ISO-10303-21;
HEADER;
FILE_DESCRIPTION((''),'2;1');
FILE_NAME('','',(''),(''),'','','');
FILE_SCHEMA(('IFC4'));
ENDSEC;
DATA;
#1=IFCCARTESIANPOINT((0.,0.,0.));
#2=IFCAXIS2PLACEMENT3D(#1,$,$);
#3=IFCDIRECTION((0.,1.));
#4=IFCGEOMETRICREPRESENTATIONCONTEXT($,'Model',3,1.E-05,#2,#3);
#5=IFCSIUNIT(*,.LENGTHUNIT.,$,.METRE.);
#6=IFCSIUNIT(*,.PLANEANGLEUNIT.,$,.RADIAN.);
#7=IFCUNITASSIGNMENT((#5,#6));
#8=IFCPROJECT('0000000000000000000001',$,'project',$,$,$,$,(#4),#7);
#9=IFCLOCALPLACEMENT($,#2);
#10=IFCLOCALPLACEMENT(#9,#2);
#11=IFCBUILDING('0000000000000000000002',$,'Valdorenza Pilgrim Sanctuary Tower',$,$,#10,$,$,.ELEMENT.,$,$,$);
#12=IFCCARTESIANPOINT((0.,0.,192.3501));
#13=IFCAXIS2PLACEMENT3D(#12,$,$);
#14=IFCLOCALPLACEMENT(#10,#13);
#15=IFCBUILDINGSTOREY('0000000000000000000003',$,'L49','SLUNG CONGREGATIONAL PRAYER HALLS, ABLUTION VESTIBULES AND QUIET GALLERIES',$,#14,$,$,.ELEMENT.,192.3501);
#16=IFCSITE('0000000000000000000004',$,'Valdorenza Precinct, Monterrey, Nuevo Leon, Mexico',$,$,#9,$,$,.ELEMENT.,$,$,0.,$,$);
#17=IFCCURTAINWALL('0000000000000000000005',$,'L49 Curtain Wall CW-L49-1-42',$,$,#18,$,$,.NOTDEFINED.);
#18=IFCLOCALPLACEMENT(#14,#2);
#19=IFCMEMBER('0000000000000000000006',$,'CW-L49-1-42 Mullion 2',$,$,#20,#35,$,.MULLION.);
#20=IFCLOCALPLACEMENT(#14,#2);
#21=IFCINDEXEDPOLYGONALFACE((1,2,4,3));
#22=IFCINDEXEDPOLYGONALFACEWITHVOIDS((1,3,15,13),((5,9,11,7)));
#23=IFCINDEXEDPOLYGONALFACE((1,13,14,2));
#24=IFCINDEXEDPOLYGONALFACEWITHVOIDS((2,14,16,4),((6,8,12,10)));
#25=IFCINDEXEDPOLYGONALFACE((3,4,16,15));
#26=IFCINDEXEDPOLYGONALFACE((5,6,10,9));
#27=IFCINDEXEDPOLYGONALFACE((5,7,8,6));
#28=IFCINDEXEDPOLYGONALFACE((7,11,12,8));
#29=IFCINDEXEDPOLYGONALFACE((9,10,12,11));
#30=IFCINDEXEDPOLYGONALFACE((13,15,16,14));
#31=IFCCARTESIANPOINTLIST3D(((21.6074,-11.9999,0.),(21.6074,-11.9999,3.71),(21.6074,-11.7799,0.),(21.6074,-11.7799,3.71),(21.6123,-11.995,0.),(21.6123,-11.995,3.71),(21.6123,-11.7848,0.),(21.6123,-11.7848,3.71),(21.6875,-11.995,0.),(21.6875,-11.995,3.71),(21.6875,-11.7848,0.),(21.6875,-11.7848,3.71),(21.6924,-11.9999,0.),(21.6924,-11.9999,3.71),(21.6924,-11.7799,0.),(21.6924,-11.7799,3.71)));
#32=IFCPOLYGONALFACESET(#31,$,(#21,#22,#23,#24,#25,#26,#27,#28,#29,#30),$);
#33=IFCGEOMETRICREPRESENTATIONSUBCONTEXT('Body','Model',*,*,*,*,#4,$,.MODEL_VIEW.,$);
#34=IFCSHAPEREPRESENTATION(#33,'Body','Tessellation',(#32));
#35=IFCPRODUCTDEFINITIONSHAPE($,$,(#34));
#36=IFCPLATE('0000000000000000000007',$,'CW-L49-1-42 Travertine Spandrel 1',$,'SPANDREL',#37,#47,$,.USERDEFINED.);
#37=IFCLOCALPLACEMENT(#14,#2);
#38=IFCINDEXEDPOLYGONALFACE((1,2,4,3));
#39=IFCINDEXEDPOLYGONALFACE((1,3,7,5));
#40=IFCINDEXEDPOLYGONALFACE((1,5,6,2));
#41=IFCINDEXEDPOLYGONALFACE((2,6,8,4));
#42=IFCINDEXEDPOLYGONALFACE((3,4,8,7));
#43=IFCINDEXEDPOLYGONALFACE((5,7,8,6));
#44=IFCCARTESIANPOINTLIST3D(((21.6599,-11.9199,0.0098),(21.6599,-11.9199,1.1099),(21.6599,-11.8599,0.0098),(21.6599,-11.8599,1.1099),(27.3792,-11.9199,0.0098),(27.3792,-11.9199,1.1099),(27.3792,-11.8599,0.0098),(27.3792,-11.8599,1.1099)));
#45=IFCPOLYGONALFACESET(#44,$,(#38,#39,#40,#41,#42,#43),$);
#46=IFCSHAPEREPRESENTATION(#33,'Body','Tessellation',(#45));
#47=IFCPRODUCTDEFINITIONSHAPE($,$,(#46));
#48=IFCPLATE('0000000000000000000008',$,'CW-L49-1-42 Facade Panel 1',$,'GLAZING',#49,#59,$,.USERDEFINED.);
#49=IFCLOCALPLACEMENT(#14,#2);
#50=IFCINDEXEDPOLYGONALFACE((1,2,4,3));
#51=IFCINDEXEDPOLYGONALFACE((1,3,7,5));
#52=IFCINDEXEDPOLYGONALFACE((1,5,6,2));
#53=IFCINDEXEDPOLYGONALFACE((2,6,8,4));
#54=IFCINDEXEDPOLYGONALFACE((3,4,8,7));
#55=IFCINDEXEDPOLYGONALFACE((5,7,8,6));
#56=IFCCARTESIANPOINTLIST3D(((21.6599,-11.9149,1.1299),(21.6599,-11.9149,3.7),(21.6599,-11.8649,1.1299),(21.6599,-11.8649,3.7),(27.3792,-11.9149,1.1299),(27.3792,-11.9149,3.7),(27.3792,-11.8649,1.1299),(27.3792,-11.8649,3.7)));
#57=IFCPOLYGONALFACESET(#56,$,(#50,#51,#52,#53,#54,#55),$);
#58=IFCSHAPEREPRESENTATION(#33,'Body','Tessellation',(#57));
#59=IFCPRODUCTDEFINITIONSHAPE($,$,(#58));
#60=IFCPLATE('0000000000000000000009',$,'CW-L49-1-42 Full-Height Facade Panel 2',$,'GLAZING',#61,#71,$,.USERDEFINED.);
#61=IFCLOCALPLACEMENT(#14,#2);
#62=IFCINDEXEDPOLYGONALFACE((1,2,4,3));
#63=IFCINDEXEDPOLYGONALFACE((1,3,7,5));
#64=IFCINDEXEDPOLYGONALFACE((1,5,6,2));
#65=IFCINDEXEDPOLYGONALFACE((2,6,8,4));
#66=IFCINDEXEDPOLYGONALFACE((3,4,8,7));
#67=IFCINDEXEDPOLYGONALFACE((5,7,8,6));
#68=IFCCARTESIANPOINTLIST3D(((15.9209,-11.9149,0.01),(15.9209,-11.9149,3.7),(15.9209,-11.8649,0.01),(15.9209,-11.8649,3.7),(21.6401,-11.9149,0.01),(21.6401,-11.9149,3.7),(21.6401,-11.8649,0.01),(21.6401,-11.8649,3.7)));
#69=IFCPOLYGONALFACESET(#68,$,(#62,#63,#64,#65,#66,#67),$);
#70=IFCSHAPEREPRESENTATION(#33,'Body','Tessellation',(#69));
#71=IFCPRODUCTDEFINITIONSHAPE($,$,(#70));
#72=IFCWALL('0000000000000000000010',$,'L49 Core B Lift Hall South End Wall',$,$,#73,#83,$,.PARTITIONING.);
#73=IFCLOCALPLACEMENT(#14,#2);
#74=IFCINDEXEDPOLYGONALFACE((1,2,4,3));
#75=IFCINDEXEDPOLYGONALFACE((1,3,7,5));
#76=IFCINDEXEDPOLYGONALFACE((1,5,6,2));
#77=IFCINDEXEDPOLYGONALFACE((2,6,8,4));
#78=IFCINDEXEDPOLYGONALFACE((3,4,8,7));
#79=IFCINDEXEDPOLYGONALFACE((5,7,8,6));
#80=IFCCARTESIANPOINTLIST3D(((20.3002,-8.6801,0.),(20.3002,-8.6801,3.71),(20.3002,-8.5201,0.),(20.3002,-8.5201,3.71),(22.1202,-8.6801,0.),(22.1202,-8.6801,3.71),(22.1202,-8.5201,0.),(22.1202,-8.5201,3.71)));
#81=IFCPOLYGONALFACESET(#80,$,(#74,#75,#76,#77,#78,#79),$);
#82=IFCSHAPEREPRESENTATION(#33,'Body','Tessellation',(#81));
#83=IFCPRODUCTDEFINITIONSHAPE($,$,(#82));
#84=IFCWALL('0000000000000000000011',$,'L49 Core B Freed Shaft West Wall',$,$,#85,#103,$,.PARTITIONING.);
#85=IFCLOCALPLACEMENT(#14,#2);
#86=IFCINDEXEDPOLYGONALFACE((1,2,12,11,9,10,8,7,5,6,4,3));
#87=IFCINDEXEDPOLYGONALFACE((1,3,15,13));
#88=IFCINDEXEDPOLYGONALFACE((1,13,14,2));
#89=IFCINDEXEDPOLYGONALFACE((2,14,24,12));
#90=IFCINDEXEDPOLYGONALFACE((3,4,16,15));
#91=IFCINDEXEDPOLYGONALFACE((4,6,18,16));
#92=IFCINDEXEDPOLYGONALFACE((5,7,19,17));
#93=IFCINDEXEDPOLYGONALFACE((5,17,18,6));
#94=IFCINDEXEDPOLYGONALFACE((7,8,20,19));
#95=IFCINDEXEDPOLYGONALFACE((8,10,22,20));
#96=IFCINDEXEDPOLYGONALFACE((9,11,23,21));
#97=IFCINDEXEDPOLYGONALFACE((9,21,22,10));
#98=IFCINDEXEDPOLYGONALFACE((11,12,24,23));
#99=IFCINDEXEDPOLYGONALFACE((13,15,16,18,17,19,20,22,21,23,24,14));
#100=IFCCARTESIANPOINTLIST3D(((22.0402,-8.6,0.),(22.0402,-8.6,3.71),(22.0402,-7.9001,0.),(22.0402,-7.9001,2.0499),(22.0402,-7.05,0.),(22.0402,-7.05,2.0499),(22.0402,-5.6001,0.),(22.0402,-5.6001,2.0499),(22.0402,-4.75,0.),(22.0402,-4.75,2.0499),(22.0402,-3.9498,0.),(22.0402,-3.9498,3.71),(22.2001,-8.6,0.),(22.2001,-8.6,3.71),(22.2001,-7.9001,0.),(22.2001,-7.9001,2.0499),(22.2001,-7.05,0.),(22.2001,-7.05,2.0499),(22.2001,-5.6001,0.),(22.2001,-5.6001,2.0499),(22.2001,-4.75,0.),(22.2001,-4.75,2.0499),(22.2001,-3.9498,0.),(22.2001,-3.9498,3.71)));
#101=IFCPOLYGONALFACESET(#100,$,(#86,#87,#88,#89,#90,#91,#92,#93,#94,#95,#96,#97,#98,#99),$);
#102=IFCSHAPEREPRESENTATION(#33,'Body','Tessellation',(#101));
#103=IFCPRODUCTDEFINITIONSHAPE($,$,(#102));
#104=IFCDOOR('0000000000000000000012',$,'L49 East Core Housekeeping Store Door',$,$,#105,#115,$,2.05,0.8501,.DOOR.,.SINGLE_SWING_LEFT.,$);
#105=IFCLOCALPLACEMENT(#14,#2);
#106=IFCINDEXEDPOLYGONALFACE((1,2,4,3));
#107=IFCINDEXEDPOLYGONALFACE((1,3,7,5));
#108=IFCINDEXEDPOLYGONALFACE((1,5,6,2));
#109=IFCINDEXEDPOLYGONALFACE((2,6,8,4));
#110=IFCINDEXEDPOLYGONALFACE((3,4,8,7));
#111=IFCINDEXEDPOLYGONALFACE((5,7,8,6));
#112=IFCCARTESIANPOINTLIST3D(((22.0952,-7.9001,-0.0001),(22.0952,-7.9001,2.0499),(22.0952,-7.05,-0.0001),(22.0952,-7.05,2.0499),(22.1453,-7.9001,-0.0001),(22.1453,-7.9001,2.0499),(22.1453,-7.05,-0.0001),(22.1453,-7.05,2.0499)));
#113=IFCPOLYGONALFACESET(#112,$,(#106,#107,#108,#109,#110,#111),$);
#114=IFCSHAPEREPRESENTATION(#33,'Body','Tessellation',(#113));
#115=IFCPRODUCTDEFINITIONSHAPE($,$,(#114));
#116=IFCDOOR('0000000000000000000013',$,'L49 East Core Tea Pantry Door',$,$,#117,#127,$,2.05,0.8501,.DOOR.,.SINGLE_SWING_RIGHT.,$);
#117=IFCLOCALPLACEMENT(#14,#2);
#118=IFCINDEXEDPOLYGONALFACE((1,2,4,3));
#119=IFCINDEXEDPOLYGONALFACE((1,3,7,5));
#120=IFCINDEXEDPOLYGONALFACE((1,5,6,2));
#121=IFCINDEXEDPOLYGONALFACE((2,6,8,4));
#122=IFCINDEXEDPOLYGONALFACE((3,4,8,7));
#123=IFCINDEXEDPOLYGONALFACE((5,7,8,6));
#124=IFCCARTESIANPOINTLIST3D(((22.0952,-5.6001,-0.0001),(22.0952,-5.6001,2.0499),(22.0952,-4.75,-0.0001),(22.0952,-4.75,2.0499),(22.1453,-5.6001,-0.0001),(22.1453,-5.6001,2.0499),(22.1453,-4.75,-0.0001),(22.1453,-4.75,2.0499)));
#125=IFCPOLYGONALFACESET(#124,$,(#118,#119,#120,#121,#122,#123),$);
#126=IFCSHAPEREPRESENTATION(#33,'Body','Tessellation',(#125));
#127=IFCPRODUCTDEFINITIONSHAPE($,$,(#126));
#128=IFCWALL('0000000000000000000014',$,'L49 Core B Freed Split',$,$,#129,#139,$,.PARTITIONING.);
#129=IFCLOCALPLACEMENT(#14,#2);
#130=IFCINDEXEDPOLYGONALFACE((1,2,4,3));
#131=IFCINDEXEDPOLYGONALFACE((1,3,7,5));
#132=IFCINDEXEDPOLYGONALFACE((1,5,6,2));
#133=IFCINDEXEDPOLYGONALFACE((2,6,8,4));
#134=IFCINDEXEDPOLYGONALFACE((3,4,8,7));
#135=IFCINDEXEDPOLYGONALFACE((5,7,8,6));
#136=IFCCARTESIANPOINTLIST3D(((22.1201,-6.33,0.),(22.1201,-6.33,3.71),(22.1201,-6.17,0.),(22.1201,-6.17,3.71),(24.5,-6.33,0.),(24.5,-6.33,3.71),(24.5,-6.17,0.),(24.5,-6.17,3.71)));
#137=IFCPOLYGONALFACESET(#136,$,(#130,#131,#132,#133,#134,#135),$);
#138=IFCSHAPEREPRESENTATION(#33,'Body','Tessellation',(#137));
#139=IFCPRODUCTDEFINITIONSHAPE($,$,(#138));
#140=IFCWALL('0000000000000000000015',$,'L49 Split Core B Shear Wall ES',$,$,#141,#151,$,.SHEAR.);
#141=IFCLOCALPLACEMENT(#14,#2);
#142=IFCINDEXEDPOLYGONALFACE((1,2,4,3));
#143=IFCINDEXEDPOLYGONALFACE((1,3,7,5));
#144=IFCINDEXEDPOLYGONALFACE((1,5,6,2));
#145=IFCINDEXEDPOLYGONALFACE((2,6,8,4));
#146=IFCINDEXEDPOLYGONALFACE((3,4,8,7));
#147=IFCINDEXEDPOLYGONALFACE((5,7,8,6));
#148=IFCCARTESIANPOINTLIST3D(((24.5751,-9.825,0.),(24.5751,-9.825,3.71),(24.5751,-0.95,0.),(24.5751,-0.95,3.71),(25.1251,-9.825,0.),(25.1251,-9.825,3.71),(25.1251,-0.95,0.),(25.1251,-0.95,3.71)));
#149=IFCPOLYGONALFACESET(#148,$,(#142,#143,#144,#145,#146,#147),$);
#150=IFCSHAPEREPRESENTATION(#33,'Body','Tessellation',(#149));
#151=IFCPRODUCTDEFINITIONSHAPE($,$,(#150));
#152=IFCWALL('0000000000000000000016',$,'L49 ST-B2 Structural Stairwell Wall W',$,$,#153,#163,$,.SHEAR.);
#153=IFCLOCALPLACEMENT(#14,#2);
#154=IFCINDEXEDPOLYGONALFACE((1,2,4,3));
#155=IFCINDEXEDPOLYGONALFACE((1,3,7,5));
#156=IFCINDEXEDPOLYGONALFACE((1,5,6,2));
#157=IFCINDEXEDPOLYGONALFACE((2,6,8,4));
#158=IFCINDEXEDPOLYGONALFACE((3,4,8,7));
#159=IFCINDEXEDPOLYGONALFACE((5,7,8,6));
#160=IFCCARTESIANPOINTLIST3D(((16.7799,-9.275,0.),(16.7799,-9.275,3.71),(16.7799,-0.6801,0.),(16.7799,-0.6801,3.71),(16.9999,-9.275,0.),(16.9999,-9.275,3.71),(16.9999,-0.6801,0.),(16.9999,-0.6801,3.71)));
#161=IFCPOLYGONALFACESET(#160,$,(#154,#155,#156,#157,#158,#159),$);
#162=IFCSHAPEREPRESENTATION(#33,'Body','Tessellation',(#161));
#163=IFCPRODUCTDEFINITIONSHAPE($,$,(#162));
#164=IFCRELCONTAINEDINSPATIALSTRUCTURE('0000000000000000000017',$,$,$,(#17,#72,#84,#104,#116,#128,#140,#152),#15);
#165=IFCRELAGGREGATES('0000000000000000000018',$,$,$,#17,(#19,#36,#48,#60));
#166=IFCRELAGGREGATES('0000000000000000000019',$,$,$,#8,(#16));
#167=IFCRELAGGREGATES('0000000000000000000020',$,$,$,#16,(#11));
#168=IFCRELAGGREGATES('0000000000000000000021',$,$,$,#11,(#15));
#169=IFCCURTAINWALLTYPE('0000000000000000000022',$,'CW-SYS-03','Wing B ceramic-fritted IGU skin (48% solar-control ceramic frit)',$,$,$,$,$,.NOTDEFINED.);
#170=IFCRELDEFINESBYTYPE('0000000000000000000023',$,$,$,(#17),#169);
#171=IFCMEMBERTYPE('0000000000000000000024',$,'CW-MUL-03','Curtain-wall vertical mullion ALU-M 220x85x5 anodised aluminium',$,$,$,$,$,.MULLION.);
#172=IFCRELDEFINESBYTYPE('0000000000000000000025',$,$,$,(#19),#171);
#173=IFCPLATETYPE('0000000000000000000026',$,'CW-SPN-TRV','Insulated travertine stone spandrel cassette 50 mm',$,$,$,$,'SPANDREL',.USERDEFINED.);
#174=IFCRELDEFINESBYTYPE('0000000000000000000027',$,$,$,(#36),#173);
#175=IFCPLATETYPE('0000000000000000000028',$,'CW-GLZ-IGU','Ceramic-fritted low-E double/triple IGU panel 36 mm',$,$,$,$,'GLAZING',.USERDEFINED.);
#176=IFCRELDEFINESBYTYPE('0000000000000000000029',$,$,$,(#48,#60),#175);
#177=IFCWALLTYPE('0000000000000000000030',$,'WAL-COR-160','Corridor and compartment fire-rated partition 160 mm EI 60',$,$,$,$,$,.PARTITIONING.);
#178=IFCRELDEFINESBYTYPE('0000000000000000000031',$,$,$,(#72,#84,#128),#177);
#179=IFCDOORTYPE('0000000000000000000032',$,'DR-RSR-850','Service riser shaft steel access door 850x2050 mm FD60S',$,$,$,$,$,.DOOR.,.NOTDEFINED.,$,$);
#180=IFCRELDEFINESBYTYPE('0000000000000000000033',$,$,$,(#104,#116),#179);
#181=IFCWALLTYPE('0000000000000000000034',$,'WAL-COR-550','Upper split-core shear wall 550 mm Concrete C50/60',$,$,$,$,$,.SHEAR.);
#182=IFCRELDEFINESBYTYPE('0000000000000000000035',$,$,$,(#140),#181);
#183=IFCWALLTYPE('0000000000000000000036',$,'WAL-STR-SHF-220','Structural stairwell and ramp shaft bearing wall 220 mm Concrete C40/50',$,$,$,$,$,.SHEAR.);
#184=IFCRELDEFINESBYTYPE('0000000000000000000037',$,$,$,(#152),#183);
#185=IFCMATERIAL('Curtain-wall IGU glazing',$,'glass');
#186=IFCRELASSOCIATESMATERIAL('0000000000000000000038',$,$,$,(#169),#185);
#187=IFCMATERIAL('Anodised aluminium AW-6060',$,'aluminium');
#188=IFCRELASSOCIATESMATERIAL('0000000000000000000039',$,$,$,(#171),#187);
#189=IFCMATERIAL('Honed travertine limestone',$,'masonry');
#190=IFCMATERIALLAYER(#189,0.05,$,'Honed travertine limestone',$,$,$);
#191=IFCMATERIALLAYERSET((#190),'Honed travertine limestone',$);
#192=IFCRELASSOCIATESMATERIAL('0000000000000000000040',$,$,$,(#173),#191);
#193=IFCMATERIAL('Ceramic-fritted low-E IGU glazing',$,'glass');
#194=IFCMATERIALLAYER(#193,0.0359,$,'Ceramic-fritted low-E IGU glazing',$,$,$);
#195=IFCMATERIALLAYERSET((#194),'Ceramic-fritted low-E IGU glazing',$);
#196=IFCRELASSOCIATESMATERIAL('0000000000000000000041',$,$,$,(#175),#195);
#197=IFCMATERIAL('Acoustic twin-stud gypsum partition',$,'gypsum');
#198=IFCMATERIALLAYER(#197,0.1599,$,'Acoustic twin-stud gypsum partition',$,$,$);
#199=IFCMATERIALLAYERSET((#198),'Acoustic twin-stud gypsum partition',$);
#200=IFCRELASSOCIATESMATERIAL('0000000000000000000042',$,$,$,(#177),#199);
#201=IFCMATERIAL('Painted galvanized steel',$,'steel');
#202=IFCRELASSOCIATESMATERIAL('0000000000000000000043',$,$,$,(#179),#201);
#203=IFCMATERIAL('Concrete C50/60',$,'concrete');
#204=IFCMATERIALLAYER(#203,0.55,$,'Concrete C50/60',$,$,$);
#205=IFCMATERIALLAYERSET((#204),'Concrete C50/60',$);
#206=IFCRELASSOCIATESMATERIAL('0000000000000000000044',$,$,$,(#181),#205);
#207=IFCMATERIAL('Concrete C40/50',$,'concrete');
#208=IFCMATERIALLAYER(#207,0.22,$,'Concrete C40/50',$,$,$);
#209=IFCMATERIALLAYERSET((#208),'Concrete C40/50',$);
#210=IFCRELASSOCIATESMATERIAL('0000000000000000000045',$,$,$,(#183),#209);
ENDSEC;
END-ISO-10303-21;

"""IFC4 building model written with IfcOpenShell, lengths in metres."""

from ifc_helpers import new_model, si_unit, direction, frame, frame_2d, origin, origin_2d, place, context, subcontext, project, spatial, rectangle, hollow_rectangle, extrude, source, transform, mapped, material, layer, layer_set, material_profile, profile_set, type_object, element, fill, aggregate, save


model = new_model("IFC4")

# Units and contexts
model_context = context("Model", 3, precision=1e-05, world=origin(), true_north=direction((0.0, 1.0)))
body_context = subcontext(model_context, "Body", "Model", "MODEL_VIEW")
ifc_project = project(units=[si_unit("LENGTHUNIT", "METRE"), si_unit("PLANEANGLEUNIT", "RADIAN")], contexts=[model_context])

# Site, building, storey
site_placement = place(None, origin())
site = spatial("IfcSite", under=ifc_project, at=site_placement, Name="Valdorenza Precinct, Monterrey, Nuevo Leon, Mexico", CompositionType="ELEMENT", RefElevation=0.0)
building_placement = place(site_placement, origin())
building = spatial("IfcBuilding", under=site, at=building_placement, Name="Valdorenza Pilgrim Sanctuary Tower", CompositionType="ELEMENT")
storey_placement = place(building_placement, frame((0.0, 0.0, 192.3501)))
storey = spatial("IfcBuildingStorey", under=building, at=storey_placement, Name="L49", Description="SLUNG CONGREGATIONAL PRAYER HALLS, ABLUTION VESTIBULES AND QUIET GALLERIES", CompositionType="ELEMENT", Elevation=192.3501)

# Curtain wall, member, plates
ifc_material_1 = material(Name="Curtain-wall IGU glazing", Category="glass")
curtain_wall_type = type_object("IfcCurtainWallType", Name="CW-SYS-03", Description="Wing B ceramic-fritted IGU skin (48% solar-control ceramic frit)", PredefinedType="NOTDEFINED", material=ifc_material_1)
curtain_wall_placement = place(storey_placement, origin())
curtain_wall = element("IfcCurtainWall", 1, at=curtain_wall_placement, inside=storey, type_object=curtain_wall_type, Name="L49 Curtain Wall CW-L49-1-42", PredefinedType="NOTDEFINED")
ifc_material_2 = material(Name="Anodised aluminium AW-6060", Category="aluminium")
ifc_material_profile = material_profile(ifc_material_2, hollow_rectangle(XDim=0.085, YDim=0.22, WallThickness=0.0049, at=origin_2d()), Name="ALU-M 220x85x5")
ifc_profile_set = profile_set([ifc_material_profile], Name="Anodised aluminium AW-6060")
member_type = type_object("IfcMemberType", Name="CW-MUL-03", Description="Curtain-wall vertical mullion ALU-M 220x85x5 anodised aluminium", PredefinedType="MULLION", material=ifc_profile_set)
shared_shape_1 = source(origin(), body_context, "Body", "SweptSolid", [
    extrude(hollow_rectangle(XDim=0.085, YDim=0.22, WallThickness=0.0049, at=origin_2d()), origin(), (0.0, 0.0, 1.0), 3.71),
])
member_placement = place(storey_placement, frame((21.6499, -11.8899, 0.0), z_axis=(0.0, 0.0, 1.0), x_axis=(-1.0, 0.0, 0.0)))
member = element("IfcMember", 2, at=member_placement, type_object=member_type, Name="CW-L49-1-42 Mullion 2", PredefinedType="MULLION", context=body_context, shape_type="MappedRepresentation", body=[
    mapped(shared_shape_1, transform((0.0, 0.0, 0.0), x_axis=(1.0, 0.0, 0.0), y_axis=(0.0, 1.0, 0.0), z_axis=(0.0, 0.0, 1.0), scale=1.0)),
])
ifc_material_3 = material(Name="Honed travertine limestone", Category="masonry")
ifc_layer_1 = layer(ifc_material_3, 0.05, Name="Honed travertine limestone")
ifc_layer_set_1 = layer_set([ifc_layer_1], Name="Honed travertine limestone")
plate_type_1 = type_object("IfcPlateType", Name="CW-SPN-TRV", Description="Insulated travertine stone spandrel cassette 50 mm", ElementType="SPANDREL", PredefinedType="USERDEFINED", material=ifc_layer_set_1)
shared_shape_2 = source(origin(), body_context, "Body", "SweptSolid", [
    extrude(rectangle(XDim=5.7192, YDim=0.0601, at=origin_2d()), origin(), (0.0, 0.0, 1.0), 1.1001),
])
plate_1_placement = place(storey_placement, frame((24.5195, -11.8899, 0.0098), z_axis=(0.0, 0.0, 1.0), x_axis=(-1.0, 0.0, 0.0)))
plate_1 = element("IfcPlate", 3, at=plate_1_placement, type_object=plate_type_1, Name="CW-L49-1-42 Travertine Spandrel 1", ObjectType="SPANDREL", PredefinedType="USERDEFINED", context=body_context, shape_type="MappedRepresentation", body=[
    mapped(shared_shape_2, transform((0.0, 0.0, 0.0), x_axis=(1.0, 0.0, 0.0), y_axis=(0.0, 1.0, 0.0), z_axis=(0.0, 0.0, 1.0), scale=1.0)),
])
ifc_material_4 = material(Name="Ceramic-fritted low-E IGU glazing", Category="glass")
ifc_layer_2 = layer(ifc_material_4, 0.0359, Name="Ceramic-fritted low-E IGU glazing")
ifc_layer_set_2 = layer_set([ifc_layer_2], Name="Ceramic-fritted low-E IGU glazing")
plate_type_2 = type_object("IfcPlateType", Name="CW-GLZ-IGU", Description="Ceramic-fritted low-E double/triple IGU panel 36 mm", ElementType="GLAZING", PredefinedType="USERDEFINED", material=ifc_layer_set_2)
shared_shape_3 = source(origin(), body_context, "Body", "SweptSolid", [
    extrude(rectangle(XDim=5.7192, YDim=0.05, at=origin_2d()), origin(), (0.0, 0.0, 1.0), 2.5701),
])
plate_2_placement = place(storey_placement, frame((24.5195, -11.8899, 1.1299), z_axis=(0.0, 0.0, 1.0), x_axis=(-1.0, 0.0, 0.0)))
plate_2 = element("IfcPlate", 4, at=plate_2_placement, type_object=plate_type_2, Name="CW-L49-1-42 Facade Panel 1", ObjectType="GLAZING", PredefinedType="USERDEFINED", context=body_context, shape_type="MappedRepresentation", body=[
    mapped(shared_shape_3, transform((0.0, 0.0, 0.0), x_axis=(1.0, 0.0, 0.0), y_axis=(0.0, 1.0, 0.0), z_axis=(0.0, 0.0, 1.0), scale=1.0)),
])
shared_shape_4 = source(origin(), body_context, "Body", "SweptSolid", [
    extrude(rectangle(XDim=5.7192, YDim=0.05, at=origin_2d()), origin(), (0.0, 0.0, 1.0), 3.6899),
])
plate_3_placement = place(storey_placement, frame((18.7805, -11.8899, 0.01), z_axis=(0.0, 0.0, 1.0), x_axis=(-1.0, 0.0, 0.0)))
plate_3 = element("IfcPlate", 5, at=plate_3_placement, type_object=plate_type_2, Name="CW-L49-1-42 Full-Height Facade Panel 2", ObjectType="GLAZING", PredefinedType="USERDEFINED", context=body_context, shape_type="MappedRepresentation", body=[
    mapped(shared_shape_4, transform((0.0, 0.0, 0.0), x_axis=(1.0, 0.0, 0.0), y_axis=(0.0, 1.0, 0.0), z_axis=(0.0, 0.0, 1.0), scale=1.0)),
])
aggregate(curtain_wall, [member, plate_1, plate_2, plate_3])

# Wall
ifc_material_5 = material(Name="Acoustic twin-stud gypsum partition", Category="gypsum")
ifc_layer_3 = layer(ifc_material_5, 0.1599, Name="Acoustic twin-stud gypsum partition")
ifc_layer_set_3 = layer_set([ifc_layer_3], Name="Acoustic twin-stud gypsum partition")
wall_type_1 = type_object("IfcWallType", Name="WAL-COR-160", Description="Corridor and compartment fire-rated partition 160 mm EI 60", PredefinedType="PARTITIONING", material=ifc_layer_set_3)
wall_1_placement = place(storey_placement, frame((20.3, -8.6001, 0.0), z_axis=(0.0, 0.0, 1.0), x_axis=(1.0, 0.0, 0.0)))
element("IfcWall", 6, at=wall_1_placement, inside=storey, type_object=wall_type_1, Name="L49 Core B Lift Hall South End Wall", PredefinedType="PARTITIONING", context=body_context, shape_type="SweptSolid", body=[
    extrude(rectangle(XDim=1.8201, YDim=0.1599, at=frame_2d((0.9102, 0.0))), origin(), (0.0, 0.0, 1.0), 3.71),
])

# Wall, openings, doors
wall_2_placement = place(storey_placement, frame((22.1201, -8.6001, 0.0), z_axis=(0.0, 0.0, 1.0), x_axis=(0.0, 1.0, 0.0)))
wall_2 = element("IfcWall", 7, at=wall_2_placement, inside=storey, type_object=wall_type_1, Name="L49 Core B Freed Shaft West Wall", PredefinedType="PARTITIONING", context=body_context, shape_type="SweptSolid", body=[
    extrude(rectangle(XDim=4.6501, YDim=0.1599, at=frame_2d((2.3252, 0.0))), origin(), (0.0, 0.0, 1.0), 3.71),
])
opening_1_placement = place(wall_2_placement, frame((0.7, 0.0, 0.0)))
opening_1 = element("IfcOpeningElement", 8, at=opening_1_placement, cuts=wall_2, PredefinedType="OPENING", context=body_context, shape_type="SweptSolid", body=[
    extrude(rectangle(XDim=0.8501, YDim=2.05, at=frame_2d((0.425, 1.0249))), frame((0.0, 0.0947, 0.0), z_axis=(0.0, -1.0, 0.0), x_axis=(1.0, 0.0, 0.0)), (0.0, 0.0, 1.0), 0.1897),
])
opening_2_placement = place(wall_2_placement, frame((3.0, 0.0, 0.0)))
opening_2 = element("IfcOpeningElement", 9, at=opening_2_placement, cuts=wall_2, PredefinedType="OPENING", context=body_context, shape_type="SweptSolid", body=[
    extrude(rectangle(XDim=0.8501, YDim=2.05, at=frame_2d((0.425, 1.0249))), frame((0.0, 0.0947, 0.0), z_axis=(0.0, -1.0, 0.0), x_axis=(1.0, 0.0, 0.0)), (0.0, 0.0, 1.0), 0.1897),
])
ifc_material_6 = material(Name="Painted galvanized steel", Category="steel")
door_type_1 = type_object("IfcDoorType", Name="DR-RSR-850", Description="Service riser shaft steel access door 850x2050 mm FD60S", OperationType="NOTDEFINED", PredefinedType="DOOR", material=ifc_material_6)
door_1_placement = place(opening_1_placement, origin())
door_1 = element("IfcDoor", 10, at=door_1_placement, inside=storey, type_object=door_type_1, Name="L49 East Core Housekeeping Store Door", OperationType="SINGLE_SWING_LEFT", OverallHeight=2.05, OverallWidth=0.8501, PredefinedType="DOOR", context=body_context, shape_type="SweptSolid", body=[
    extrude(rectangle(XDim=0.8501, YDim=2.05, at=frame_2d((0.425, 1.0249))), frame((0.0, 0.0249, 0.0), z_axis=(0.0, -1.0, 0.0), x_axis=(1.0, 0.0, 0.0)), (0.0, 0.0, 1.0), 0.05),
])
fill(opening_1, door_1)
door_2_placement = place(opening_2_placement, origin())
door_2 = element("IfcDoor", 11, at=door_2_placement, inside=storey, type_object=door_type_1, Name="L49 East Core Tea Pantry Door", OperationType="SINGLE_SWING_RIGHT", OverallHeight=2.05, OverallWidth=0.8501, PredefinedType="DOOR", context=body_context, shape_type="SweptSolid", body=[
    extrude(rectangle(XDim=0.8501, YDim=2.05, at=frame_2d((0.425, 1.0249))), frame((0.0, 0.0249, 0.0), z_axis=(0.0, -1.0, 0.0), x_axis=(1.0, 0.0, 0.0)), (0.0, 0.0, 1.0), 0.05),
])
fill(opening_2, door_2)

# Walls
wall_3_placement = place(storey_placement, frame((22.1201, -6.25, 0.0), z_axis=(0.0, 0.0, 1.0), x_axis=(1.0, 0.0, 0.0)))
element("IfcWall", 12, at=wall_3_placement, inside=storey, type_object=wall_type_1, Name="L49 Core B Freed Split", PredefinedType="PARTITIONING", context=body_context, shape_type="SweptSolid", body=[
    extrude(rectangle(XDim=2.3799, YDim=0.1599, at=frame_2d((1.1899, 0.0))), origin(), (0.0, 0.0, 1.0), 3.71),
])
ifc_material_7 = material(Name="Concrete C50/60", Category="concrete")
ifc_layer_4 = layer(ifc_material_7, 0.55, Name="Concrete C50/60")
ifc_layer_set_4 = layer_set([ifc_layer_4], Name="Concrete C50/60")
wall_type_2 = type_object("IfcWallType", Name="WAL-COR-550", Description="Upper split-core shear wall 550 mm Concrete C50/60", PredefinedType="SHEAR", material=ifc_layer_set_4)
wall_4_placement = place(storey_placement, frame((24.8501, -9.825, 0.0), z_axis=(0.0, 0.0, 1.0), x_axis=(0.0, 1.0, 0.0)))
element("IfcWall", 13, at=wall_4_placement, inside=storey, type_object=wall_type_2, Name="L49 Split Core B Shear Wall ES", PredefinedType="SHEAR", context=body_context, shape_type="SweptSolid", body=[
    extrude(rectangle(XDim=8.875, YDim=0.55, at=frame_2d((4.4375, 0.0))), origin(), (0.0, 0.0, 1.0), 3.71),
])

# Wall
ifc_material_8 = material(Name="Concrete C40/50", Category="concrete")
ifc_layer_5 = layer(ifc_material_8, 0.22, Name="Concrete C40/50")
ifc_layer_set_5 = layer_set([ifc_layer_5], Name="Concrete C40/50")
wall_type_3 = type_object("IfcWallType", Name="WAL-STR-SHF-220", Description="Structural stairwell and ramp shaft bearing wall 220 mm Concrete C40/50", PredefinedType="SHEAR", material=ifc_layer_set_5)
for number, where, z_axis, x_axis, name in (
    (14, (16.8899, -9.2749, 0.0), (0.0, 0.0, 1.0), (0.0, 1.0, 0.0), "L49 ST-B2 Structural Stairwell Wall W"),
):
    element("IfcWall", number, at=place(storey_placement, frame(where, z_axis=z_axis, x_axis=x_axis)), inside=storey, type_object=wall_type_3, Name=name, PredefinedType="SHEAR", context=body_context, shape_type="SweptSolid", body=[
        extrude(rectangle(XDim=8.595, YDim=0.22, at=frame_2d((4.2974, 0.0))), origin(), (0.0, 0.0, 1.0), 3.71),
    ])

save(model, "model.ifc")
